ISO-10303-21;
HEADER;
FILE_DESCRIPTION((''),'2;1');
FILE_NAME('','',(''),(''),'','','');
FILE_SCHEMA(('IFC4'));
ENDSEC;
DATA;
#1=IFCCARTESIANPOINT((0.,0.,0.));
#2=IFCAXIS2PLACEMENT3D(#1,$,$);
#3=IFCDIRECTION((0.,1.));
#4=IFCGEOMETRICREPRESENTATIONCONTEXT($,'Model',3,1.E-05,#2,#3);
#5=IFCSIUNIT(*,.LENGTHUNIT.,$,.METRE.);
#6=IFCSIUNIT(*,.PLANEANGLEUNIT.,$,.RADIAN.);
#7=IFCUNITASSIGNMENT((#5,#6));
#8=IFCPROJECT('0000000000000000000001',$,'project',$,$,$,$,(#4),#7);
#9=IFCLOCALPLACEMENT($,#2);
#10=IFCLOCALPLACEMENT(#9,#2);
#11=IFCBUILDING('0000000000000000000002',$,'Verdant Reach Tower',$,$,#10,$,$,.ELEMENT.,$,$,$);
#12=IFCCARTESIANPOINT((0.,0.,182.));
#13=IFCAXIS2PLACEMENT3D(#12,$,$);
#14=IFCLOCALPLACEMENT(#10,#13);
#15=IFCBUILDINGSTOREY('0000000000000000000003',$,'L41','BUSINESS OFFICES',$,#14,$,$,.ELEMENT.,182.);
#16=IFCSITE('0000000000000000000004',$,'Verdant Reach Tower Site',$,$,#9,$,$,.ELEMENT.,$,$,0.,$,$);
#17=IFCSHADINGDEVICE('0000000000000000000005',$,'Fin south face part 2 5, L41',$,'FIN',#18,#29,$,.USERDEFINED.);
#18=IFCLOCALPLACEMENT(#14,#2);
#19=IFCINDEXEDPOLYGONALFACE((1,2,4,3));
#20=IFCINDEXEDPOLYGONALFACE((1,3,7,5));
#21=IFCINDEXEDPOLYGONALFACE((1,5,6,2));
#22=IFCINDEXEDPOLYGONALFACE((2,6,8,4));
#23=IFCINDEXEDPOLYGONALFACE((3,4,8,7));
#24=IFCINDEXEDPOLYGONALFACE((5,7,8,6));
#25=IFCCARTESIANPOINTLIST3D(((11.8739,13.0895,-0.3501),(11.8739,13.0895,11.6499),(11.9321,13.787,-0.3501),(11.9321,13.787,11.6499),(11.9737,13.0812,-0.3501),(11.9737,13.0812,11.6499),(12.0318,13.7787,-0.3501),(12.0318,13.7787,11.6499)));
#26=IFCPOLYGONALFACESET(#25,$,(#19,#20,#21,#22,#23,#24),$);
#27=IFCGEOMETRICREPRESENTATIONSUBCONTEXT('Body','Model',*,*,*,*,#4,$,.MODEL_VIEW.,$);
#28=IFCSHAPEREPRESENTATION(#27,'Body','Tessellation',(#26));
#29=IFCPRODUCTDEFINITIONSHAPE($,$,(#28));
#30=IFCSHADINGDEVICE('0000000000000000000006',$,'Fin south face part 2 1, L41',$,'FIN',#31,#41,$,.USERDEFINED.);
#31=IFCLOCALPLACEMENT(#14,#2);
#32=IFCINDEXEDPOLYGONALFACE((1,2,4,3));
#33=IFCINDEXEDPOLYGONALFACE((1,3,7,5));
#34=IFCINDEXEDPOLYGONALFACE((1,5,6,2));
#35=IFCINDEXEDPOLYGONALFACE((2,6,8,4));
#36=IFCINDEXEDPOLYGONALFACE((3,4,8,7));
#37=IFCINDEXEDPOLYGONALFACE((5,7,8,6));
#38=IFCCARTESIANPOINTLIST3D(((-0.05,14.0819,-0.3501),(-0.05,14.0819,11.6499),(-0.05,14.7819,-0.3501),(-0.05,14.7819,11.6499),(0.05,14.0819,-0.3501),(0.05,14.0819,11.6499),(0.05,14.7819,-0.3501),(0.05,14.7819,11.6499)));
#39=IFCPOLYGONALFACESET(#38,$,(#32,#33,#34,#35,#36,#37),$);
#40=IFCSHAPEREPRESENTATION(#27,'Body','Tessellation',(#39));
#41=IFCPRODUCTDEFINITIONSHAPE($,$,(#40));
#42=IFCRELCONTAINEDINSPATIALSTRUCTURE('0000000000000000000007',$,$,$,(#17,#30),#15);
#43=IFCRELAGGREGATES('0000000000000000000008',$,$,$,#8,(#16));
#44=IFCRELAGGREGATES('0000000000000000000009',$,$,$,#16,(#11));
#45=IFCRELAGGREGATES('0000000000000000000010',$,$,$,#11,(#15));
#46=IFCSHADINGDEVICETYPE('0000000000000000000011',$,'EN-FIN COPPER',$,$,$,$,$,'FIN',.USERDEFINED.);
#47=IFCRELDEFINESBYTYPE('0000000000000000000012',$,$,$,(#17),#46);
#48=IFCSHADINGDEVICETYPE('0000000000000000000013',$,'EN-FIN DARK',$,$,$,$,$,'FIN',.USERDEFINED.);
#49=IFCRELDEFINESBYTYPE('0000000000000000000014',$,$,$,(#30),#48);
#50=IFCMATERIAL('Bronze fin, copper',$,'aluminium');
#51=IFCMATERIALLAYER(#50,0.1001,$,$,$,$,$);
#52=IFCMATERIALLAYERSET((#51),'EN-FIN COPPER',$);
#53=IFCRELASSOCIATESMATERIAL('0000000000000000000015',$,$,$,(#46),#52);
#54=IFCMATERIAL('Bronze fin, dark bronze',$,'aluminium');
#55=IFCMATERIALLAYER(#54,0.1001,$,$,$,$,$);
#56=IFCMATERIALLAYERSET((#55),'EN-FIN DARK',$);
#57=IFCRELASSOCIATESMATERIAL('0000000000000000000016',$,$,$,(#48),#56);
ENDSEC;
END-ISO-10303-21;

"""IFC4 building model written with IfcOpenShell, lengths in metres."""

from ifc_helpers import new_model, si_unit, direction, frame, origin, origin_2d, place, context, subcontext, project, spatial, rectangle, extrude, material, layer, layer_set, type_object, element, save


model = new_model("IFC4")

# Units and contexts
model_context = context("Model", 3, precision=1e-05, world=origin(), true_north=direction((0.0, 1.0)))
body_context = subcontext(model_context, "Body", "Model", "MODEL_VIEW")
ifc_project = project(units=[si_unit("LENGTHUNIT", "METRE"), si_unit("PLANEANGLEUNIT", "RADIAN")], contexts=[model_context])

# Site, building, storey
site_placement = place(None, origin())
site = spatial("IfcSite", under=ifc_project, at=site_placement, Name="Verdant Reach Tower Site", CompositionType="ELEMENT", RefElevation=0.0)
building_placement = place(site_placement, origin())
building = spatial("IfcBuilding", under=site, at=building_placement, Name="Verdant Reach Tower", CompositionType="ELEMENT")
storey_placement = place(building_placement, frame((0.0, 0.0, 182.0)))
storey = spatial("IfcBuildingStorey", under=building, at=storey_placement, Name="L41", Description="BUSINESS OFFICES", CompositionType="ELEMENT", Elevation=182.0)

# Shading devices
ifc_material_1 = material(Name="Bronze fin, copper", Category="aluminium")
ifc_layer_1 = layer(ifc_material_1, 0.1001)
ifc_layer_set_1 = layer_set([ifc_layer_1], Name="EN-FIN COPPER")
shading_device_type_1 = type_object("IfcShadingDeviceType", Name="EN-FIN COPPER", ElementType="FIN", PredefinedType="USERDEFINED", material=ifc_layer_set_1)
shading_device_1_placement = place(storey_placement, frame((11.9529, 13.4341, -0.3501), z_axis=(0.0, 0.0, 1.0), x_axis=(0.996546, -0.083045, 0.0)))
element("IfcShadingDevice", 1, at=shading_device_1_placement, inside=storey, type_object=shading_device_type_1, Name="Fin south face part 2 5, L41", ObjectType="FIN", PredefinedType="USERDEFINED", context=body_context, shape_type="SweptSolid", body=[
    extrude(rectangle(XDim=0.1001, YDim=0.7, at=origin_2d()), origin(), (0.0, 0.0, 1.0), 12.0),
])
ifc_material_2 = material(Name="Bronze fin, dark bronze", Category="aluminium")
ifc_layer_2 = layer(ifc_material_2, 0.1001)
ifc_layer_set_2 = layer_set([ifc_layer_2], Name="EN-FIN DARK")
shading_device_type_2 = type_object("IfcShadingDeviceType", Name="EN-FIN DARK", ElementType="FIN", PredefinedType="USERDEFINED", material=ifc_layer_set_2)
shading_device_2_placement = place(storey_placement, frame((0.0, 14.4319, -0.3501), z_axis=(0.0, 0.0, 1.0), x_axis=(1.0, 0.0, 0.0)))
element("IfcShadingDevice", 2, at=shading_device_2_placement, inside=storey, type_object=shading_device_type_2, Name="Fin south face part 2 1, L41", ObjectType="FIN", PredefinedType="USERDEFINED", context=body_context, shape_type="SweptSolid", body=[
    extrude(rectangle(XDim=0.1001, YDim=0.7, at=origin_2d()), origin(), (0.0, 0.0, 1.0), 12.0),
])

save(model, "model.ifc")
